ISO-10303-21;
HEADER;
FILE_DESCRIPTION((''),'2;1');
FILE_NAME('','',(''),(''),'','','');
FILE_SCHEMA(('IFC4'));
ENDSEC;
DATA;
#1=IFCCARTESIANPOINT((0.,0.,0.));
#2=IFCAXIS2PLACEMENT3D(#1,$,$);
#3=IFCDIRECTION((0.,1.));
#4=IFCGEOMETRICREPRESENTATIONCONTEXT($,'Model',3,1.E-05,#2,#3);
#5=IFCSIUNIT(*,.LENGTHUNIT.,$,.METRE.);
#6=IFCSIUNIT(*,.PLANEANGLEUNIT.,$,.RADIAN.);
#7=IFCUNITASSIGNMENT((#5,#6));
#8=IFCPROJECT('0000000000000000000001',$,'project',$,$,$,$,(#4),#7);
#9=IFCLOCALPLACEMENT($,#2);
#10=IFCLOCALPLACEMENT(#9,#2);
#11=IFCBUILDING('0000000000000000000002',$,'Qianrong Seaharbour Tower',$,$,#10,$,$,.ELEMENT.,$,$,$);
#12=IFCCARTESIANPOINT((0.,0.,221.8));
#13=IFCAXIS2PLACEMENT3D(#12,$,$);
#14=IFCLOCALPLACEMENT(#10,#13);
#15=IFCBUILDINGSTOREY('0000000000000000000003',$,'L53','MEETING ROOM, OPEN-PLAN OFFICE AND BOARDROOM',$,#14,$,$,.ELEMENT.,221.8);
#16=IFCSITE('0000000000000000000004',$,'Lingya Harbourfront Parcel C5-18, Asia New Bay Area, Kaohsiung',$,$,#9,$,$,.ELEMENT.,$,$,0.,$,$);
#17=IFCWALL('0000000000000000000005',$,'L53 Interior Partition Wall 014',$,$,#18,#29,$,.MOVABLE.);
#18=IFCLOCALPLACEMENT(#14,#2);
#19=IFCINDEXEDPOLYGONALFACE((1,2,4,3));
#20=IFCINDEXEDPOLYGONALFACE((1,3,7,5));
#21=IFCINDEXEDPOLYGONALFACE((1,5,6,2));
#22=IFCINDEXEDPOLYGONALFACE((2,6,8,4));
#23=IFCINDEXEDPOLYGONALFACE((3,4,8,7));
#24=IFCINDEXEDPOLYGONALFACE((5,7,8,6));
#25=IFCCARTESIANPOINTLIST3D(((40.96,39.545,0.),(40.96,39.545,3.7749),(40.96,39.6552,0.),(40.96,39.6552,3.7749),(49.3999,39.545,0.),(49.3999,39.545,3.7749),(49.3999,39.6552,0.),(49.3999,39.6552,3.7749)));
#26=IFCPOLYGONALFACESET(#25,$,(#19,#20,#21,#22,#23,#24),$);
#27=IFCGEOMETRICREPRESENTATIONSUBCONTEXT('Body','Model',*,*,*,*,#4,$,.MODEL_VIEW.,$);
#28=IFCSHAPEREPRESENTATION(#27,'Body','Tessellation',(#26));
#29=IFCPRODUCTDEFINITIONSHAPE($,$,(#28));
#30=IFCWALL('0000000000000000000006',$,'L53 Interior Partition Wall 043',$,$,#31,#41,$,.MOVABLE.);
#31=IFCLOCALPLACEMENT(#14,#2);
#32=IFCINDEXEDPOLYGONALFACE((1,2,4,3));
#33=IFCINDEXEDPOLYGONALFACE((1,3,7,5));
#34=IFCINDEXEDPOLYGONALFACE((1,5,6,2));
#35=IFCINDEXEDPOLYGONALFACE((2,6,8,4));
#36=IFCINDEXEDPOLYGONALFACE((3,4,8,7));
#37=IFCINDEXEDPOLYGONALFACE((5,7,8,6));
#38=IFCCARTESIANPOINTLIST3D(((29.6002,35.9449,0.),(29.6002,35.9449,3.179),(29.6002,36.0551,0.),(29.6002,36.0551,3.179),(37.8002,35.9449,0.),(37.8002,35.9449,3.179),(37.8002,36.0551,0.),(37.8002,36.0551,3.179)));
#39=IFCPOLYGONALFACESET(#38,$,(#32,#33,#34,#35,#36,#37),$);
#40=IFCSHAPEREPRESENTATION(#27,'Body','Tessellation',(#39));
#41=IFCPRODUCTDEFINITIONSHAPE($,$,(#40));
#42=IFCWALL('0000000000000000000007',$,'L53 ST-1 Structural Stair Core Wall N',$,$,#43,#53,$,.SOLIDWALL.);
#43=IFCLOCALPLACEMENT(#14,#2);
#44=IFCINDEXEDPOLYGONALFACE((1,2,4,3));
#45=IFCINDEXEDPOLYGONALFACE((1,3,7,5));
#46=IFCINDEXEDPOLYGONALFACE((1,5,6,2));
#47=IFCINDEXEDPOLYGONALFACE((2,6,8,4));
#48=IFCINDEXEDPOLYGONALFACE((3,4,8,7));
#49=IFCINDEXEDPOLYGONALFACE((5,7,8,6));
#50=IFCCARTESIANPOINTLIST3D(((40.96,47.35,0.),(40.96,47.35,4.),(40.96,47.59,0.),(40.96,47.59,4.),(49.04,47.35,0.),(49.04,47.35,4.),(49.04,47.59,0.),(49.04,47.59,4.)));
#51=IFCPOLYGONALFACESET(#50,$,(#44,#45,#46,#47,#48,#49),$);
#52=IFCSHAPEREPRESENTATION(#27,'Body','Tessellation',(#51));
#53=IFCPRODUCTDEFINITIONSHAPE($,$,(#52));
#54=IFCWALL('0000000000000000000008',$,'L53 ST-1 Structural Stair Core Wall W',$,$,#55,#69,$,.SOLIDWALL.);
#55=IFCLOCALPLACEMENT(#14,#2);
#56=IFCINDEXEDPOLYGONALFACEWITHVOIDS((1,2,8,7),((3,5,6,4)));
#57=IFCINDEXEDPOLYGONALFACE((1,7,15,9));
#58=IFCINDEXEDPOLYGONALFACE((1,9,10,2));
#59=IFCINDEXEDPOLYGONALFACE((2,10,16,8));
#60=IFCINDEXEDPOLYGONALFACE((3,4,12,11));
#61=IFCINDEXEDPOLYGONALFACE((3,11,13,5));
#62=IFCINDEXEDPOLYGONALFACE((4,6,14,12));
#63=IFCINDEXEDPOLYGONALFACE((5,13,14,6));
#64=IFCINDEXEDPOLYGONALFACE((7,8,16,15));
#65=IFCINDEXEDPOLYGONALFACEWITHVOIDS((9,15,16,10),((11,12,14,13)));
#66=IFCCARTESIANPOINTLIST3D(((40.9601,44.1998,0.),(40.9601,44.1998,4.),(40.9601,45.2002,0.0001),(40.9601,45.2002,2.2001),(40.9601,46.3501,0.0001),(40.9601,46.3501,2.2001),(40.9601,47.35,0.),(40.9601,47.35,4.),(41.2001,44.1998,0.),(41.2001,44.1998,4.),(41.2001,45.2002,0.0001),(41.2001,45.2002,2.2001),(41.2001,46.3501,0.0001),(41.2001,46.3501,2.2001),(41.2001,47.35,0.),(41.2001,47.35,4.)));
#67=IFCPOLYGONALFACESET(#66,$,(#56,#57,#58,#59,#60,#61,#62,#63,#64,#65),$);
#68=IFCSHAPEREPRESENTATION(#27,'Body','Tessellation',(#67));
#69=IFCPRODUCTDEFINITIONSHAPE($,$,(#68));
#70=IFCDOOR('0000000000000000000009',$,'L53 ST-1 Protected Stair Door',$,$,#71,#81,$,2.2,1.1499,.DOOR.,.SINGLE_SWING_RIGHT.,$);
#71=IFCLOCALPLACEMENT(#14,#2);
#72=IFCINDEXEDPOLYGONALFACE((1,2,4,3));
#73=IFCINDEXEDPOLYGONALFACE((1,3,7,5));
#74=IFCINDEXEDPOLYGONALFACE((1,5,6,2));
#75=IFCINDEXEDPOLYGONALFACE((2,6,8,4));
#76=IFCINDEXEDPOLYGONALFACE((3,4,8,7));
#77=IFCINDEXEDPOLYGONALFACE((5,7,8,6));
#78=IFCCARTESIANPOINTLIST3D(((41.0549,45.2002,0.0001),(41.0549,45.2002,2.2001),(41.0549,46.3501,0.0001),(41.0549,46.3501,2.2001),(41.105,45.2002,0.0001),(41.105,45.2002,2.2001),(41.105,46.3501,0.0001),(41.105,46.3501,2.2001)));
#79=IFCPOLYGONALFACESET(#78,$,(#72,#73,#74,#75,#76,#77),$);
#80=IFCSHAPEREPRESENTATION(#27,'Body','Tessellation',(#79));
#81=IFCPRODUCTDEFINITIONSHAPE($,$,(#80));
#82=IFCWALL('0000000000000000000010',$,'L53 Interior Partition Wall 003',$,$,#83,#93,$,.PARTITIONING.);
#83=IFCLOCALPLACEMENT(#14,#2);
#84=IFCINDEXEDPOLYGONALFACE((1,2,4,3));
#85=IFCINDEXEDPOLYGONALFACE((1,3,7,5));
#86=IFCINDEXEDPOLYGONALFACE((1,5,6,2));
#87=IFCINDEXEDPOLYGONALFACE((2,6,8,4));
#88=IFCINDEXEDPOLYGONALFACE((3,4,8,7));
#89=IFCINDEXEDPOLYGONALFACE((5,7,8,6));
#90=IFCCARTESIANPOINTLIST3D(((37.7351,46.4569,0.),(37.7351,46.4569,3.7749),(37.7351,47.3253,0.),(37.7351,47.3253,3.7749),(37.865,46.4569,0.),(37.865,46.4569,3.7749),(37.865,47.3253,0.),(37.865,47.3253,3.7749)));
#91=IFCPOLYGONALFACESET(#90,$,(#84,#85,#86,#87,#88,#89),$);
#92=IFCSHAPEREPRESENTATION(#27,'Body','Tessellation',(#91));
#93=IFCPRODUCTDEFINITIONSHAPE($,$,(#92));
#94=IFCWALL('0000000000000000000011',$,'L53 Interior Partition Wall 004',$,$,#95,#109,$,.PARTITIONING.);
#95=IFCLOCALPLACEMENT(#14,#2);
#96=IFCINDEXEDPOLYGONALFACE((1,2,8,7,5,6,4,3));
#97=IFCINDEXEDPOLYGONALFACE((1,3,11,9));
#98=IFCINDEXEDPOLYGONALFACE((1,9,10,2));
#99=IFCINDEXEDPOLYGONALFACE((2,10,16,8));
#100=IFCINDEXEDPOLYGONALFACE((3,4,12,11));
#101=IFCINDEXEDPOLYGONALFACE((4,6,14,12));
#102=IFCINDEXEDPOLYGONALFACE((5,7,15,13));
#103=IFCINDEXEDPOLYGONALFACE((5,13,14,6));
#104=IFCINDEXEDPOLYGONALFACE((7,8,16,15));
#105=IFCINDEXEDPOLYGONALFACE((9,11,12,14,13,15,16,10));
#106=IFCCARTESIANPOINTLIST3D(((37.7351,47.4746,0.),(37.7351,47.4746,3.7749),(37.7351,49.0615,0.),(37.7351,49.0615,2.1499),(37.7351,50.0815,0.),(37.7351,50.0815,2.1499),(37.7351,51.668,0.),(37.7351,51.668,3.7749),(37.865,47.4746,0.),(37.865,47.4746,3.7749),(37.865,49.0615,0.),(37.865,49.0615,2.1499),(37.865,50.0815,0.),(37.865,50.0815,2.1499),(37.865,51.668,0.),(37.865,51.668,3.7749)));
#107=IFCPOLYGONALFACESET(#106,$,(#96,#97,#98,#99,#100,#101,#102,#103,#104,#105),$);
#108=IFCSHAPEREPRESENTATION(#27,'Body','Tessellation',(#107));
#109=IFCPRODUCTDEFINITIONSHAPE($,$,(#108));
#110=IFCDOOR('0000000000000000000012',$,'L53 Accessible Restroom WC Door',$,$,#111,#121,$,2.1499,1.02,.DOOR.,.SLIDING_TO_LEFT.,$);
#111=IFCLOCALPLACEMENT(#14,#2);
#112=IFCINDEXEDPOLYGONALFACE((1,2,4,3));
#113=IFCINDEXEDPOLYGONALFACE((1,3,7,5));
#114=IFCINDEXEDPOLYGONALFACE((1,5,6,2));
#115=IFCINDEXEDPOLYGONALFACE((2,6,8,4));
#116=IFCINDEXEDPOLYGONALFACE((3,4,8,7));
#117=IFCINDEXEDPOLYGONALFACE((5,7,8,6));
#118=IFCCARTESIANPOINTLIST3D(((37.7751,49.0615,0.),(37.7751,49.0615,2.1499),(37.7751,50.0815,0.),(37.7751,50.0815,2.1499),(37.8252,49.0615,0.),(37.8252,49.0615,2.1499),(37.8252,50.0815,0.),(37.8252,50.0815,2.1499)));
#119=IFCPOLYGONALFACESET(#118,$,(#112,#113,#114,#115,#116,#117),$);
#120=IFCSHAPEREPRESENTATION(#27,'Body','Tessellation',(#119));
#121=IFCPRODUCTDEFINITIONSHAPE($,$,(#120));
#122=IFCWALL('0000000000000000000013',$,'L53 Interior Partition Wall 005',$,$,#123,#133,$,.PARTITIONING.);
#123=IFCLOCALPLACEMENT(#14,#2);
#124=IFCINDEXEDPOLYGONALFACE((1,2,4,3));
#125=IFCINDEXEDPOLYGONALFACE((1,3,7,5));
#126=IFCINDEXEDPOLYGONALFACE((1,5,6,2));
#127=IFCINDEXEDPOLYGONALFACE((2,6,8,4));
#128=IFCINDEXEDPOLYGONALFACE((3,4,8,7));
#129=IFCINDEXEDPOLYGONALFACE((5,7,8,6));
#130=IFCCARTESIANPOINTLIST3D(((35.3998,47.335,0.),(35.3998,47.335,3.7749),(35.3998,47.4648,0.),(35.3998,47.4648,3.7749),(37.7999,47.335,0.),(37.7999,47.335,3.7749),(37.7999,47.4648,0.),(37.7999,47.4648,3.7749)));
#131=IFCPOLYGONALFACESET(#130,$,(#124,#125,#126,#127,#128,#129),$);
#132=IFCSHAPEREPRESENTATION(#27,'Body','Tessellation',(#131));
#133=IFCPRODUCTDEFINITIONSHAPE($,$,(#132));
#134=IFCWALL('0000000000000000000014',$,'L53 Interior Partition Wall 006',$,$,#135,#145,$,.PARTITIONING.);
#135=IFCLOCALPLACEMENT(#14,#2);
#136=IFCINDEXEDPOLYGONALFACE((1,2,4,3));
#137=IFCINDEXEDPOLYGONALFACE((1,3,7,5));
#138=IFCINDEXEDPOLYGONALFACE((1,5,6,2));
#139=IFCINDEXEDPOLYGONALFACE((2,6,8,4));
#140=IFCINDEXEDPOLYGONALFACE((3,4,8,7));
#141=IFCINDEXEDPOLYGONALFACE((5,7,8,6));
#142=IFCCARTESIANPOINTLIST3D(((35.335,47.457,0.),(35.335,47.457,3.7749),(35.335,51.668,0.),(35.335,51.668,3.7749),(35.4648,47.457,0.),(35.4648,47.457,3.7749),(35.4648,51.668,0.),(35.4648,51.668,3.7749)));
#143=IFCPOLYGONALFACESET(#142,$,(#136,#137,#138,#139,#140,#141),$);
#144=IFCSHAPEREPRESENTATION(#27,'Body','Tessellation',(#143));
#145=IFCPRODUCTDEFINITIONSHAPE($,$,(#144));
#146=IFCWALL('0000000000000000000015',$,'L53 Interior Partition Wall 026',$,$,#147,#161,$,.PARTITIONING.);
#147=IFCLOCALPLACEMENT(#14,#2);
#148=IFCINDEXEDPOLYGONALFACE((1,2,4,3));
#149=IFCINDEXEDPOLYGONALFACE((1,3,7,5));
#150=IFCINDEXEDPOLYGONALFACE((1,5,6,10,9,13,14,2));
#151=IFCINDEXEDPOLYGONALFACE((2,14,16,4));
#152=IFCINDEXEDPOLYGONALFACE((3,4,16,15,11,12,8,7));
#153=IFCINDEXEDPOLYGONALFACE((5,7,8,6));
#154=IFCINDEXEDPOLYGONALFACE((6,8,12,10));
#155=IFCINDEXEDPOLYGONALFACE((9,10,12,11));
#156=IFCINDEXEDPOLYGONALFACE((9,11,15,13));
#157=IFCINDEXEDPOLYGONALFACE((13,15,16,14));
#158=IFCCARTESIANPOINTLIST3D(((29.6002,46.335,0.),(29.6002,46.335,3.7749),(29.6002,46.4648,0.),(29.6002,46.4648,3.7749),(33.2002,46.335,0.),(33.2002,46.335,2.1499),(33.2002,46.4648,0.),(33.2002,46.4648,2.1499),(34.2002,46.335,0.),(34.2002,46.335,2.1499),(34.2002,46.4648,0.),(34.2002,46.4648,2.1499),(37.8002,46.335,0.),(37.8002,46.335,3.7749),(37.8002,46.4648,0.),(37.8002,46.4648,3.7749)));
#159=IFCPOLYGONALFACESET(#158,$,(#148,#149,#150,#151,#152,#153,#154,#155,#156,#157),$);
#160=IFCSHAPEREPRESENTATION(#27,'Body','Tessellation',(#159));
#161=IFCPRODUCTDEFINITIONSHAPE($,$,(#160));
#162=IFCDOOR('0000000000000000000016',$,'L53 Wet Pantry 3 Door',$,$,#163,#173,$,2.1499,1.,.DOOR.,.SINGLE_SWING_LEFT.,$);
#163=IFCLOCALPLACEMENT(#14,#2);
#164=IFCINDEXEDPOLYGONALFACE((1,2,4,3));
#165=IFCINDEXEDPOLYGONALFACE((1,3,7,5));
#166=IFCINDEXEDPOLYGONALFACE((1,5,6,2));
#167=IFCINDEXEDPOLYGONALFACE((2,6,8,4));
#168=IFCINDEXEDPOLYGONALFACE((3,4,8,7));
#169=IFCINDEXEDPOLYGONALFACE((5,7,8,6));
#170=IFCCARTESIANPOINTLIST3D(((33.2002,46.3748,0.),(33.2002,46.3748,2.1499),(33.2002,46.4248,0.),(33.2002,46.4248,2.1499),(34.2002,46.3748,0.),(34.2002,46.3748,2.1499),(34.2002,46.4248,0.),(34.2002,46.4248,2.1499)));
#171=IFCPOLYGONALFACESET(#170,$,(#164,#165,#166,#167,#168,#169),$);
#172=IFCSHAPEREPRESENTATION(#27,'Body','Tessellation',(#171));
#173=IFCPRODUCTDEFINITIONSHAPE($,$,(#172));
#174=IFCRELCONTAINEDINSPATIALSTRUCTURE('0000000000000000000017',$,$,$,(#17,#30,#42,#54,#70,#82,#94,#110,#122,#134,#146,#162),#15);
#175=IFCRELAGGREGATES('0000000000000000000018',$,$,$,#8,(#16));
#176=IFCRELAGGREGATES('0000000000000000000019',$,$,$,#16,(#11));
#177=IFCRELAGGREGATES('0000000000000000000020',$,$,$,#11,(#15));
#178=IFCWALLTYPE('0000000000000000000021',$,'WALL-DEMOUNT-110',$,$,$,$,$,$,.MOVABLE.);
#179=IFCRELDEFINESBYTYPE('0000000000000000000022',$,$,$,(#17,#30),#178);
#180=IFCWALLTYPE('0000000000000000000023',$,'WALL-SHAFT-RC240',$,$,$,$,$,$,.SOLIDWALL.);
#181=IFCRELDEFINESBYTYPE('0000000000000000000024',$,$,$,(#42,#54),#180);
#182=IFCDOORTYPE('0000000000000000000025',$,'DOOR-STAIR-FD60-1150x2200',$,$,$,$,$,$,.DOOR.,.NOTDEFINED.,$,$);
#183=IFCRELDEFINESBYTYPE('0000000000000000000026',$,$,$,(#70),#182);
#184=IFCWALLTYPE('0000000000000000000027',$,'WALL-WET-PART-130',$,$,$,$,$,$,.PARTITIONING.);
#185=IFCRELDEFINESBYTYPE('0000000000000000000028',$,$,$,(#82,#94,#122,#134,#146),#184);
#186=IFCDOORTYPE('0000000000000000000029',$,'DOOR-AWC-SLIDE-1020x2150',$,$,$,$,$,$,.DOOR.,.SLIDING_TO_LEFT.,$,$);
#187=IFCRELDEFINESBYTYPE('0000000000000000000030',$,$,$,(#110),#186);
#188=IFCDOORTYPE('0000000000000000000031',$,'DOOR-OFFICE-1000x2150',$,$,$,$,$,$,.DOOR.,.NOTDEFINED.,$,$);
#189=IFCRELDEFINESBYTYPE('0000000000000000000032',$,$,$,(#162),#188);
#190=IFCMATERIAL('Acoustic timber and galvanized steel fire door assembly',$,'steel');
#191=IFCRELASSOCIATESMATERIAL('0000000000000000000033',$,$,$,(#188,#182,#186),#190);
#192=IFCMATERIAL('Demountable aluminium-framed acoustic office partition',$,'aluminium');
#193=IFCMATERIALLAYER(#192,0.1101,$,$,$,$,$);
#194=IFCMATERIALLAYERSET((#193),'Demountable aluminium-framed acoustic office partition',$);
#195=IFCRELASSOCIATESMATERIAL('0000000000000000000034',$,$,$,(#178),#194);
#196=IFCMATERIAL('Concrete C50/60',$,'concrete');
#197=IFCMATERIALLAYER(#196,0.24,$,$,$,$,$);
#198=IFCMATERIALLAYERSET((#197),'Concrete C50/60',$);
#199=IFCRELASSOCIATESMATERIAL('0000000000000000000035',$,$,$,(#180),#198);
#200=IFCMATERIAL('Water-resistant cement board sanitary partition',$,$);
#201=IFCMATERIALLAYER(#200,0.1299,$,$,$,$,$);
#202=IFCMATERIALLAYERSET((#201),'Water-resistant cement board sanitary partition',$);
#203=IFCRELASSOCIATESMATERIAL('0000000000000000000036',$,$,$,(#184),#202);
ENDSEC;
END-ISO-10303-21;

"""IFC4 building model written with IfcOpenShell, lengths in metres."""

from ifc_helpers import new_model, si_unit, direction, frame, frame_2d, origin, place, context, subcontext, project, spatial, rectangle, extrude, material, layer, layer_set, type_object, element, fill, save


model = new_model("IFC4")

# Units and contexts
model_context = context("Model", 3, precision=1e-05, world=origin(), true_north=direction((0.0, 1.0)))
body_context = subcontext(model_context, "Body", "Model", "MODEL_VIEW")
ifc_project = project(units=[si_unit("LENGTHUNIT", "METRE"), si_unit("PLANEANGLEUNIT", "RADIAN")], contexts=[model_context])

# Site, building, storey
site_placement = place(None, origin())
site = spatial("IfcSite", under=ifc_project, at=site_placement, Name="Lingya Harbourfront Parcel C5-18, Asia New Bay Area, Kaohsiung", CompositionType="ELEMENT", RefElevation=0.0)
building_placement = place(site_placement, origin())
building = spatial("IfcBuilding", under=site, at=building_placement, Name="Qianrong Seaharbour Tower", CompositionType="ELEMENT")
storey_placement = place(building_placement, frame((0.0, 0.0, 221.8)))
storey = spatial("IfcBuildingStorey", under=building, at=storey_placement, Name="L53", Description="MEETING ROOM, OPEN-PLAN OFFICE AND BOARDROOM", CompositionType="ELEMENT", Elevation=221.8)

# Shared definitions
ifc_material_1 = material(Name="Acoustic timber and galvanized steel fire door assembly", Category="steel")
door_type_1 = type_object("IfcDoorType", Name="DOOR-OFFICE-1000x2150", OperationType="NOTDEFINED", PredefinedType="DOOR", material=ifc_material_1)

# Walls
ifc_material_2 = material(Name="Demountable aluminium-framed acoustic office partition", Category="aluminium")
ifc_layer_1 = layer(ifc_material_2, 0.1101)
ifc_layer_set_1 = layer_set([ifc_layer_1], Name="Demountable aluminium-framed acoustic office partition")
wall_type_1 = type_object("IfcWallType", Name="WALL-DEMOUNT-110", PredefinedType="MOVABLE", material=ifc_layer_set_1)
wall_1_placement = place(storey_placement, frame((40.96, 39.6001, 0.0), z_axis=(0.0, 0.0, 1.0), x_axis=(1.0, 0.0, 0.0)))
element("IfcWall", 1, at=wall_1_placement, inside=storey, type_object=wall_type_1, Name="L53 Interior Partition Wall 014", PredefinedType="MOVABLE", context=body_context, shape_type="SweptSolid", body=[
    extrude(rectangle(XDim=8.4399, YDim=0.1101, at=frame_2d((4.22, 0.0))), origin(), (0.0, 0.0, 1.0), 3.7749),
])
wall_2_placement = place(storey_placement, frame((29.6001, 36.0, 0.0), z_axis=(0.0, 0.0, 1.0), x_axis=(1.0, 0.0, 0.0)))
element("IfcWall", 2, at=wall_2_placement, inside=storey, type_object=wall_type_1, Name="L53 Interior Partition Wall 043", PredefinedType="MOVABLE", context=body_context, shape_type="SweptSolid", body=[
    extrude(rectangle(XDim=8.2, YDim=0.1101, at=frame_2d((4.1001, 0.0))), origin(), (0.0, 0.0, 1.0), 3.179),
])
ifc_material_3 = material(Name="Concrete C50/60", Category="concrete")
ifc_layer_2 = layer(ifc_material_3, 0.24)
ifc_layer_set_2 = layer_set([ifc_layer_2], Name="Concrete C50/60")
wall_type_2 = type_object("IfcWallType", Name="WALL-SHAFT-RC240", PredefinedType="SOLIDWALL", material=ifc_layer_set_2)
wall_3_placement = place(storey_placement, frame((40.96, 47.47, 0.0), z_axis=(0.0, 0.0, 1.0), x_axis=(1.0, 0.0, 0.0)))
element("IfcWall", 3, at=wall_3_placement, inside=storey, type_object=wall_type_2, Name="L53 ST-1 Structural Stair Core Wall N", PredefinedType="SOLIDWALL", context=body_context, shape_type="SweptSolid", body=[
    extrude(rectangle(XDim=8.0801, YDim=0.24, at=frame_2d((4.04, 0.0))), origin(), (0.0, 0.0, 1.0), 4.0),
])

# Wall, opening, door
wall_4_placement = place(storey_placement, frame((41.0801, 47.3501, 0.0), z_axis=(0.0, 0.0, 1.0), x_axis=(0.0, -1.0, 0.0)))
wall_4 = element("IfcWall", 4, at=wall_4_placement, inside=storey, type_object=wall_type_2, Name="L53 ST-1 Structural Stair Core Wall W", PredefinedType="SOLIDWALL", context=body_context, shape_type="SweptSolid", body=[
    extrude(rectangle(XDim=3.1501, YDim=0.24, at=frame_2d((1.5752, 0.0))), origin(), (0.0, 0.0, 1.0), 4.0),
])
opening_1_placement = place(wall_4_placement, frame((1.0, 0.0, 0.0)))
opening_1 = element("IfcOpeningElement", 5, at=opening_1_placement, cuts=wall_4, PredefinedType="OPENING", context=body_context, shape_type="SweptSolid", body=[
    extrude(rectangle(XDim=1.1499, YDim=2.2, at=frame_2d((0.575, 1.1001))), frame((0.0, 0.1299, 0.0), z_axis=(0.0, -1.0, 0.0), x_axis=(1.0, 0.0, 0.0)), (0.0, 0.0, 1.0), 0.26),
])
door_type_2 = type_object("IfcDoorType", Name="DOOR-STAIR-FD60-1150x2200", OperationType="NOTDEFINED", PredefinedType="DOOR", material=ifc_material_1)
door_1_placement = place(opening_1_placement, origin())
door_1 = element("IfcDoor", 6, at=door_1_placement, inside=storey, type_object=door_type_2, Name="L53 ST-1 Protected Stair Door", OperationType="SINGLE_SWING_RIGHT", OverallHeight=2.2, OverallWidth=1.1499, PredefinedType="DOOR", context=body_context, shape_type="SweptSolid", body=[
    extrude(rectangle(XDim=1.1499, YDim=2.2, at=frame_2d((0.575, 1.1001))), frame((0.0, 0.0249, 0.0), z_axis=(0.0, -1.0, 0.0), x_axis=(1.0, 0.0, 0.0)), (0.0, 0.0, 1.0), 0.05),
])
fill(opening_1, door_1)

# Wall
ifc_material_4 = material(Name="Water-resistant cement board sanitary partition")
ifc_layer_3 = layer(ifc_material_4, 0.1299)
ifc_layer_set_3 = layer_set([ifc_layer_3], Name="Water-resistant cement board sanitary partition")
wall_type_3 = type_object("IfcWallType", Name="WALL-WET-PART-130", PredefinedType="PARTITIONING", material=ifc_layer_set_3)
wall_5_placement = place(storey_placement, frame((37.8, 46.457, 0.0), z_axis=(0.0, 0.0, 1.0), x_axis=(0.0, 1.0, 0.0)))
element("IfcWall", 7, at=wall_5_placement, inside=storey, type_object=wall_type_3, Name="L53 Interior Partition Wall 003", PredefinedType="PARTITIONING", context=body_context, shape_type="SweptSolid", body=[
    extrude(rectangle(XDim=0.8684, YDim=0.1299, at=frame_2d((0.4341, 0.0))), origin(), (0.0, 0.0, 1.0), 3.7749),
])

# Wall, opening, door
wall_6_placement = place(storey_placement, frame((37.8, 47.4746, 0.0), z_axis=(0.0, 0.0, 1.0), x_axis=(0.0, 1.0, 0.0)))
wall_6 = element("IfcWall", 8, at=wall_6_placement, inside=storey, type_object=wall_type_3, Name="L53 Interior Partition Wall 004", PredefinedType="PARTITIONING", context=body_context, shape_type="SweptSolid", body=[
    extrude(rectangle(XDim=4.1934, YDim=0.1299, at=frame_2d((2.0967, 0.0))), origin(), (0.0, 0.0, 1.0), 3.7749),
])
opening_2_placement = place(wall_6_placement, frame((1.5869, 0.0, 0.0)))
opening_2 = element("IfcOpeningElement", 9, at=opening_2_placement, cuts=wall_6, PredefinedType="OPENING", context=body_context, shape_type="SweptSolid", body=[
    extrude(rectangle(XDim=1.02, YDim=2.1499, at=frame_2d((0.51, 1.075))), frame((0.0, 0.075, 0.0), z_axis=(0.0, -1.0, 0.0), x_axis=(1.0, 0.0, 0.0)), (0.0, 0.0, 1.0), 0.1499),
])
door_type_3 = type_object("IfcDoorType", Name="DOOR-AWC-SLIDE-1020x2150", OperationType="SLIDING_TO_LEFT", PredefinedType="DOOR", material=ifc_material_1)
door_2_placement = place(opening_2_placement, origin())
door_2 = element("IfcDoor", 10, at=door_2_placement, inside=storey, type_object=door_type_3, Name="L53 Accessible Restroom WC Door", OperationType="SLIDING_TO_LEFT", OverallHeight=2.1499, OverallWidth=1.02, PredefinedType="DOOR", context=body_context, shape_type="SweptSolid", body=[
    extrude(rectangle(XDim=1.02, YDim=2.1499, at=frame_2d((0.51, 1.075))), frame((0.0, 0.0249, 0.0), z_axis=(0.0, -1.0, 0.0), x_axis=(1.0, 0.0, 0.0)), (0.0, 0.0, 1.0), 0.05),
])
fill(opening_2, door_2)

# Walls
wall_7_placement = place(storey_placement, frame((37.8, 47.3999, 0.0), z_axis=(0.0, 0.0, 1.0), x_axis=(-1.0, 0.0, 0.0)))
element("IfcWall", 11, at=wall_7_placement, inside=storey, type_object=wall_type_3, Name="L53 Interior Partition Wall 005", PredefinedType="PARTITIONING", context=body_context, shape_type="SweptSolid", body=[
    extrude(rectangle(XDim=2.4001, YDim=0.1299, at=frame_2d((1.2002, 0.0))), origin(), (0.0, 0.0, 1.0), 3.7749),
])
wall_8_placement = place(storey_placement, frame((35.3999, 47.457, 0.0), z_axis=(0.0, 0.0, 1.0), x_axis=(0.0, 1.0, 0.0)))
element("IfcWall", 12, at=wall_8_placement, inside=storey, type_object=wall_type_3, Name="L53 Interior Partition Wall 006", PredefinedType="PARTITIONING", context=body_context, shape_type="SweptSolid", body=[
    extrude(rectangle(XDim=4.2109, YDim=0.1299, at=frame_2d((2.1055, 0.0))), origin(), (0.0, 0.0, 1.0), 3.7749),
])

# Wall, opening, door
wall_9_placement = place(storey_placement, frame((29.6001, 46.3999, 0.0), z_axis=(0.0, 0.0, 1.0), x_axis=(1.0, 0.0, 0.0)))
wall_9 = element("IfcWall", 13, at=wall_9_placement, inside=storey, type_object=wall_type_3, Name="L53 Interior Partition Wall 026", PredefinedType="PARTITIONING", context=body_context, shape_type="SweptSolid", body=[
    extrude(rectangle(XDim=8.2, YDim=0.1299, at=frame_2d((4.1001, 0.0))), origin(), (0.0, 0.0, 1.0), 3.7749),
])
opening_3_placement = place(wall_9_placement, frame((3.6001, 0.0, 0.0)))
opening_3 = element("IfcOpeningElement", 14, at=opening_3_placement, cuts=wall_9, PredefinedType="OPENING", context=body_context, shape_type="SweptSolid", body=[
    extrude(rectangle(XDim=1.0, YDim=2.1499, at=frame_2d((0.5, 1.075))), frame((0.0, 0.075, 0.0), z_axis=(0.0, -1.0, 0.0), x_axis=(1.0, 0.0, 0.0)), (0.0, 0.0, 1.0), 0.1499),
])
door_3_placement = place(opening_3_placement, origin())
door_3 = element("IfcDoor", 15, at=door_3_placement, inside=storey, type_object=door_type_1, Name="L53 Wet Pantry 3 Door", OperationType="SINGLE_SWING_LEFT", OverallHeight=2.1499, OverallWidth=1.0, PredefinedType="DOOR", context=body_context, shape_type="SweptSolid", body=[
    extrude(rectangle(XDim=1.0, YDim=2.1499, at=frame_2d((0.5, 1.075))), frame((0.0, 0.0249, 0.0), z_axis=(0.0, -1.0, 0.0), x_axis=(1.0, 0.0, 0.0)), (0.0, 0.0, 1.0), 0.05),
])
fill(opening_3, door_3)

save(model, "model.ifc")
